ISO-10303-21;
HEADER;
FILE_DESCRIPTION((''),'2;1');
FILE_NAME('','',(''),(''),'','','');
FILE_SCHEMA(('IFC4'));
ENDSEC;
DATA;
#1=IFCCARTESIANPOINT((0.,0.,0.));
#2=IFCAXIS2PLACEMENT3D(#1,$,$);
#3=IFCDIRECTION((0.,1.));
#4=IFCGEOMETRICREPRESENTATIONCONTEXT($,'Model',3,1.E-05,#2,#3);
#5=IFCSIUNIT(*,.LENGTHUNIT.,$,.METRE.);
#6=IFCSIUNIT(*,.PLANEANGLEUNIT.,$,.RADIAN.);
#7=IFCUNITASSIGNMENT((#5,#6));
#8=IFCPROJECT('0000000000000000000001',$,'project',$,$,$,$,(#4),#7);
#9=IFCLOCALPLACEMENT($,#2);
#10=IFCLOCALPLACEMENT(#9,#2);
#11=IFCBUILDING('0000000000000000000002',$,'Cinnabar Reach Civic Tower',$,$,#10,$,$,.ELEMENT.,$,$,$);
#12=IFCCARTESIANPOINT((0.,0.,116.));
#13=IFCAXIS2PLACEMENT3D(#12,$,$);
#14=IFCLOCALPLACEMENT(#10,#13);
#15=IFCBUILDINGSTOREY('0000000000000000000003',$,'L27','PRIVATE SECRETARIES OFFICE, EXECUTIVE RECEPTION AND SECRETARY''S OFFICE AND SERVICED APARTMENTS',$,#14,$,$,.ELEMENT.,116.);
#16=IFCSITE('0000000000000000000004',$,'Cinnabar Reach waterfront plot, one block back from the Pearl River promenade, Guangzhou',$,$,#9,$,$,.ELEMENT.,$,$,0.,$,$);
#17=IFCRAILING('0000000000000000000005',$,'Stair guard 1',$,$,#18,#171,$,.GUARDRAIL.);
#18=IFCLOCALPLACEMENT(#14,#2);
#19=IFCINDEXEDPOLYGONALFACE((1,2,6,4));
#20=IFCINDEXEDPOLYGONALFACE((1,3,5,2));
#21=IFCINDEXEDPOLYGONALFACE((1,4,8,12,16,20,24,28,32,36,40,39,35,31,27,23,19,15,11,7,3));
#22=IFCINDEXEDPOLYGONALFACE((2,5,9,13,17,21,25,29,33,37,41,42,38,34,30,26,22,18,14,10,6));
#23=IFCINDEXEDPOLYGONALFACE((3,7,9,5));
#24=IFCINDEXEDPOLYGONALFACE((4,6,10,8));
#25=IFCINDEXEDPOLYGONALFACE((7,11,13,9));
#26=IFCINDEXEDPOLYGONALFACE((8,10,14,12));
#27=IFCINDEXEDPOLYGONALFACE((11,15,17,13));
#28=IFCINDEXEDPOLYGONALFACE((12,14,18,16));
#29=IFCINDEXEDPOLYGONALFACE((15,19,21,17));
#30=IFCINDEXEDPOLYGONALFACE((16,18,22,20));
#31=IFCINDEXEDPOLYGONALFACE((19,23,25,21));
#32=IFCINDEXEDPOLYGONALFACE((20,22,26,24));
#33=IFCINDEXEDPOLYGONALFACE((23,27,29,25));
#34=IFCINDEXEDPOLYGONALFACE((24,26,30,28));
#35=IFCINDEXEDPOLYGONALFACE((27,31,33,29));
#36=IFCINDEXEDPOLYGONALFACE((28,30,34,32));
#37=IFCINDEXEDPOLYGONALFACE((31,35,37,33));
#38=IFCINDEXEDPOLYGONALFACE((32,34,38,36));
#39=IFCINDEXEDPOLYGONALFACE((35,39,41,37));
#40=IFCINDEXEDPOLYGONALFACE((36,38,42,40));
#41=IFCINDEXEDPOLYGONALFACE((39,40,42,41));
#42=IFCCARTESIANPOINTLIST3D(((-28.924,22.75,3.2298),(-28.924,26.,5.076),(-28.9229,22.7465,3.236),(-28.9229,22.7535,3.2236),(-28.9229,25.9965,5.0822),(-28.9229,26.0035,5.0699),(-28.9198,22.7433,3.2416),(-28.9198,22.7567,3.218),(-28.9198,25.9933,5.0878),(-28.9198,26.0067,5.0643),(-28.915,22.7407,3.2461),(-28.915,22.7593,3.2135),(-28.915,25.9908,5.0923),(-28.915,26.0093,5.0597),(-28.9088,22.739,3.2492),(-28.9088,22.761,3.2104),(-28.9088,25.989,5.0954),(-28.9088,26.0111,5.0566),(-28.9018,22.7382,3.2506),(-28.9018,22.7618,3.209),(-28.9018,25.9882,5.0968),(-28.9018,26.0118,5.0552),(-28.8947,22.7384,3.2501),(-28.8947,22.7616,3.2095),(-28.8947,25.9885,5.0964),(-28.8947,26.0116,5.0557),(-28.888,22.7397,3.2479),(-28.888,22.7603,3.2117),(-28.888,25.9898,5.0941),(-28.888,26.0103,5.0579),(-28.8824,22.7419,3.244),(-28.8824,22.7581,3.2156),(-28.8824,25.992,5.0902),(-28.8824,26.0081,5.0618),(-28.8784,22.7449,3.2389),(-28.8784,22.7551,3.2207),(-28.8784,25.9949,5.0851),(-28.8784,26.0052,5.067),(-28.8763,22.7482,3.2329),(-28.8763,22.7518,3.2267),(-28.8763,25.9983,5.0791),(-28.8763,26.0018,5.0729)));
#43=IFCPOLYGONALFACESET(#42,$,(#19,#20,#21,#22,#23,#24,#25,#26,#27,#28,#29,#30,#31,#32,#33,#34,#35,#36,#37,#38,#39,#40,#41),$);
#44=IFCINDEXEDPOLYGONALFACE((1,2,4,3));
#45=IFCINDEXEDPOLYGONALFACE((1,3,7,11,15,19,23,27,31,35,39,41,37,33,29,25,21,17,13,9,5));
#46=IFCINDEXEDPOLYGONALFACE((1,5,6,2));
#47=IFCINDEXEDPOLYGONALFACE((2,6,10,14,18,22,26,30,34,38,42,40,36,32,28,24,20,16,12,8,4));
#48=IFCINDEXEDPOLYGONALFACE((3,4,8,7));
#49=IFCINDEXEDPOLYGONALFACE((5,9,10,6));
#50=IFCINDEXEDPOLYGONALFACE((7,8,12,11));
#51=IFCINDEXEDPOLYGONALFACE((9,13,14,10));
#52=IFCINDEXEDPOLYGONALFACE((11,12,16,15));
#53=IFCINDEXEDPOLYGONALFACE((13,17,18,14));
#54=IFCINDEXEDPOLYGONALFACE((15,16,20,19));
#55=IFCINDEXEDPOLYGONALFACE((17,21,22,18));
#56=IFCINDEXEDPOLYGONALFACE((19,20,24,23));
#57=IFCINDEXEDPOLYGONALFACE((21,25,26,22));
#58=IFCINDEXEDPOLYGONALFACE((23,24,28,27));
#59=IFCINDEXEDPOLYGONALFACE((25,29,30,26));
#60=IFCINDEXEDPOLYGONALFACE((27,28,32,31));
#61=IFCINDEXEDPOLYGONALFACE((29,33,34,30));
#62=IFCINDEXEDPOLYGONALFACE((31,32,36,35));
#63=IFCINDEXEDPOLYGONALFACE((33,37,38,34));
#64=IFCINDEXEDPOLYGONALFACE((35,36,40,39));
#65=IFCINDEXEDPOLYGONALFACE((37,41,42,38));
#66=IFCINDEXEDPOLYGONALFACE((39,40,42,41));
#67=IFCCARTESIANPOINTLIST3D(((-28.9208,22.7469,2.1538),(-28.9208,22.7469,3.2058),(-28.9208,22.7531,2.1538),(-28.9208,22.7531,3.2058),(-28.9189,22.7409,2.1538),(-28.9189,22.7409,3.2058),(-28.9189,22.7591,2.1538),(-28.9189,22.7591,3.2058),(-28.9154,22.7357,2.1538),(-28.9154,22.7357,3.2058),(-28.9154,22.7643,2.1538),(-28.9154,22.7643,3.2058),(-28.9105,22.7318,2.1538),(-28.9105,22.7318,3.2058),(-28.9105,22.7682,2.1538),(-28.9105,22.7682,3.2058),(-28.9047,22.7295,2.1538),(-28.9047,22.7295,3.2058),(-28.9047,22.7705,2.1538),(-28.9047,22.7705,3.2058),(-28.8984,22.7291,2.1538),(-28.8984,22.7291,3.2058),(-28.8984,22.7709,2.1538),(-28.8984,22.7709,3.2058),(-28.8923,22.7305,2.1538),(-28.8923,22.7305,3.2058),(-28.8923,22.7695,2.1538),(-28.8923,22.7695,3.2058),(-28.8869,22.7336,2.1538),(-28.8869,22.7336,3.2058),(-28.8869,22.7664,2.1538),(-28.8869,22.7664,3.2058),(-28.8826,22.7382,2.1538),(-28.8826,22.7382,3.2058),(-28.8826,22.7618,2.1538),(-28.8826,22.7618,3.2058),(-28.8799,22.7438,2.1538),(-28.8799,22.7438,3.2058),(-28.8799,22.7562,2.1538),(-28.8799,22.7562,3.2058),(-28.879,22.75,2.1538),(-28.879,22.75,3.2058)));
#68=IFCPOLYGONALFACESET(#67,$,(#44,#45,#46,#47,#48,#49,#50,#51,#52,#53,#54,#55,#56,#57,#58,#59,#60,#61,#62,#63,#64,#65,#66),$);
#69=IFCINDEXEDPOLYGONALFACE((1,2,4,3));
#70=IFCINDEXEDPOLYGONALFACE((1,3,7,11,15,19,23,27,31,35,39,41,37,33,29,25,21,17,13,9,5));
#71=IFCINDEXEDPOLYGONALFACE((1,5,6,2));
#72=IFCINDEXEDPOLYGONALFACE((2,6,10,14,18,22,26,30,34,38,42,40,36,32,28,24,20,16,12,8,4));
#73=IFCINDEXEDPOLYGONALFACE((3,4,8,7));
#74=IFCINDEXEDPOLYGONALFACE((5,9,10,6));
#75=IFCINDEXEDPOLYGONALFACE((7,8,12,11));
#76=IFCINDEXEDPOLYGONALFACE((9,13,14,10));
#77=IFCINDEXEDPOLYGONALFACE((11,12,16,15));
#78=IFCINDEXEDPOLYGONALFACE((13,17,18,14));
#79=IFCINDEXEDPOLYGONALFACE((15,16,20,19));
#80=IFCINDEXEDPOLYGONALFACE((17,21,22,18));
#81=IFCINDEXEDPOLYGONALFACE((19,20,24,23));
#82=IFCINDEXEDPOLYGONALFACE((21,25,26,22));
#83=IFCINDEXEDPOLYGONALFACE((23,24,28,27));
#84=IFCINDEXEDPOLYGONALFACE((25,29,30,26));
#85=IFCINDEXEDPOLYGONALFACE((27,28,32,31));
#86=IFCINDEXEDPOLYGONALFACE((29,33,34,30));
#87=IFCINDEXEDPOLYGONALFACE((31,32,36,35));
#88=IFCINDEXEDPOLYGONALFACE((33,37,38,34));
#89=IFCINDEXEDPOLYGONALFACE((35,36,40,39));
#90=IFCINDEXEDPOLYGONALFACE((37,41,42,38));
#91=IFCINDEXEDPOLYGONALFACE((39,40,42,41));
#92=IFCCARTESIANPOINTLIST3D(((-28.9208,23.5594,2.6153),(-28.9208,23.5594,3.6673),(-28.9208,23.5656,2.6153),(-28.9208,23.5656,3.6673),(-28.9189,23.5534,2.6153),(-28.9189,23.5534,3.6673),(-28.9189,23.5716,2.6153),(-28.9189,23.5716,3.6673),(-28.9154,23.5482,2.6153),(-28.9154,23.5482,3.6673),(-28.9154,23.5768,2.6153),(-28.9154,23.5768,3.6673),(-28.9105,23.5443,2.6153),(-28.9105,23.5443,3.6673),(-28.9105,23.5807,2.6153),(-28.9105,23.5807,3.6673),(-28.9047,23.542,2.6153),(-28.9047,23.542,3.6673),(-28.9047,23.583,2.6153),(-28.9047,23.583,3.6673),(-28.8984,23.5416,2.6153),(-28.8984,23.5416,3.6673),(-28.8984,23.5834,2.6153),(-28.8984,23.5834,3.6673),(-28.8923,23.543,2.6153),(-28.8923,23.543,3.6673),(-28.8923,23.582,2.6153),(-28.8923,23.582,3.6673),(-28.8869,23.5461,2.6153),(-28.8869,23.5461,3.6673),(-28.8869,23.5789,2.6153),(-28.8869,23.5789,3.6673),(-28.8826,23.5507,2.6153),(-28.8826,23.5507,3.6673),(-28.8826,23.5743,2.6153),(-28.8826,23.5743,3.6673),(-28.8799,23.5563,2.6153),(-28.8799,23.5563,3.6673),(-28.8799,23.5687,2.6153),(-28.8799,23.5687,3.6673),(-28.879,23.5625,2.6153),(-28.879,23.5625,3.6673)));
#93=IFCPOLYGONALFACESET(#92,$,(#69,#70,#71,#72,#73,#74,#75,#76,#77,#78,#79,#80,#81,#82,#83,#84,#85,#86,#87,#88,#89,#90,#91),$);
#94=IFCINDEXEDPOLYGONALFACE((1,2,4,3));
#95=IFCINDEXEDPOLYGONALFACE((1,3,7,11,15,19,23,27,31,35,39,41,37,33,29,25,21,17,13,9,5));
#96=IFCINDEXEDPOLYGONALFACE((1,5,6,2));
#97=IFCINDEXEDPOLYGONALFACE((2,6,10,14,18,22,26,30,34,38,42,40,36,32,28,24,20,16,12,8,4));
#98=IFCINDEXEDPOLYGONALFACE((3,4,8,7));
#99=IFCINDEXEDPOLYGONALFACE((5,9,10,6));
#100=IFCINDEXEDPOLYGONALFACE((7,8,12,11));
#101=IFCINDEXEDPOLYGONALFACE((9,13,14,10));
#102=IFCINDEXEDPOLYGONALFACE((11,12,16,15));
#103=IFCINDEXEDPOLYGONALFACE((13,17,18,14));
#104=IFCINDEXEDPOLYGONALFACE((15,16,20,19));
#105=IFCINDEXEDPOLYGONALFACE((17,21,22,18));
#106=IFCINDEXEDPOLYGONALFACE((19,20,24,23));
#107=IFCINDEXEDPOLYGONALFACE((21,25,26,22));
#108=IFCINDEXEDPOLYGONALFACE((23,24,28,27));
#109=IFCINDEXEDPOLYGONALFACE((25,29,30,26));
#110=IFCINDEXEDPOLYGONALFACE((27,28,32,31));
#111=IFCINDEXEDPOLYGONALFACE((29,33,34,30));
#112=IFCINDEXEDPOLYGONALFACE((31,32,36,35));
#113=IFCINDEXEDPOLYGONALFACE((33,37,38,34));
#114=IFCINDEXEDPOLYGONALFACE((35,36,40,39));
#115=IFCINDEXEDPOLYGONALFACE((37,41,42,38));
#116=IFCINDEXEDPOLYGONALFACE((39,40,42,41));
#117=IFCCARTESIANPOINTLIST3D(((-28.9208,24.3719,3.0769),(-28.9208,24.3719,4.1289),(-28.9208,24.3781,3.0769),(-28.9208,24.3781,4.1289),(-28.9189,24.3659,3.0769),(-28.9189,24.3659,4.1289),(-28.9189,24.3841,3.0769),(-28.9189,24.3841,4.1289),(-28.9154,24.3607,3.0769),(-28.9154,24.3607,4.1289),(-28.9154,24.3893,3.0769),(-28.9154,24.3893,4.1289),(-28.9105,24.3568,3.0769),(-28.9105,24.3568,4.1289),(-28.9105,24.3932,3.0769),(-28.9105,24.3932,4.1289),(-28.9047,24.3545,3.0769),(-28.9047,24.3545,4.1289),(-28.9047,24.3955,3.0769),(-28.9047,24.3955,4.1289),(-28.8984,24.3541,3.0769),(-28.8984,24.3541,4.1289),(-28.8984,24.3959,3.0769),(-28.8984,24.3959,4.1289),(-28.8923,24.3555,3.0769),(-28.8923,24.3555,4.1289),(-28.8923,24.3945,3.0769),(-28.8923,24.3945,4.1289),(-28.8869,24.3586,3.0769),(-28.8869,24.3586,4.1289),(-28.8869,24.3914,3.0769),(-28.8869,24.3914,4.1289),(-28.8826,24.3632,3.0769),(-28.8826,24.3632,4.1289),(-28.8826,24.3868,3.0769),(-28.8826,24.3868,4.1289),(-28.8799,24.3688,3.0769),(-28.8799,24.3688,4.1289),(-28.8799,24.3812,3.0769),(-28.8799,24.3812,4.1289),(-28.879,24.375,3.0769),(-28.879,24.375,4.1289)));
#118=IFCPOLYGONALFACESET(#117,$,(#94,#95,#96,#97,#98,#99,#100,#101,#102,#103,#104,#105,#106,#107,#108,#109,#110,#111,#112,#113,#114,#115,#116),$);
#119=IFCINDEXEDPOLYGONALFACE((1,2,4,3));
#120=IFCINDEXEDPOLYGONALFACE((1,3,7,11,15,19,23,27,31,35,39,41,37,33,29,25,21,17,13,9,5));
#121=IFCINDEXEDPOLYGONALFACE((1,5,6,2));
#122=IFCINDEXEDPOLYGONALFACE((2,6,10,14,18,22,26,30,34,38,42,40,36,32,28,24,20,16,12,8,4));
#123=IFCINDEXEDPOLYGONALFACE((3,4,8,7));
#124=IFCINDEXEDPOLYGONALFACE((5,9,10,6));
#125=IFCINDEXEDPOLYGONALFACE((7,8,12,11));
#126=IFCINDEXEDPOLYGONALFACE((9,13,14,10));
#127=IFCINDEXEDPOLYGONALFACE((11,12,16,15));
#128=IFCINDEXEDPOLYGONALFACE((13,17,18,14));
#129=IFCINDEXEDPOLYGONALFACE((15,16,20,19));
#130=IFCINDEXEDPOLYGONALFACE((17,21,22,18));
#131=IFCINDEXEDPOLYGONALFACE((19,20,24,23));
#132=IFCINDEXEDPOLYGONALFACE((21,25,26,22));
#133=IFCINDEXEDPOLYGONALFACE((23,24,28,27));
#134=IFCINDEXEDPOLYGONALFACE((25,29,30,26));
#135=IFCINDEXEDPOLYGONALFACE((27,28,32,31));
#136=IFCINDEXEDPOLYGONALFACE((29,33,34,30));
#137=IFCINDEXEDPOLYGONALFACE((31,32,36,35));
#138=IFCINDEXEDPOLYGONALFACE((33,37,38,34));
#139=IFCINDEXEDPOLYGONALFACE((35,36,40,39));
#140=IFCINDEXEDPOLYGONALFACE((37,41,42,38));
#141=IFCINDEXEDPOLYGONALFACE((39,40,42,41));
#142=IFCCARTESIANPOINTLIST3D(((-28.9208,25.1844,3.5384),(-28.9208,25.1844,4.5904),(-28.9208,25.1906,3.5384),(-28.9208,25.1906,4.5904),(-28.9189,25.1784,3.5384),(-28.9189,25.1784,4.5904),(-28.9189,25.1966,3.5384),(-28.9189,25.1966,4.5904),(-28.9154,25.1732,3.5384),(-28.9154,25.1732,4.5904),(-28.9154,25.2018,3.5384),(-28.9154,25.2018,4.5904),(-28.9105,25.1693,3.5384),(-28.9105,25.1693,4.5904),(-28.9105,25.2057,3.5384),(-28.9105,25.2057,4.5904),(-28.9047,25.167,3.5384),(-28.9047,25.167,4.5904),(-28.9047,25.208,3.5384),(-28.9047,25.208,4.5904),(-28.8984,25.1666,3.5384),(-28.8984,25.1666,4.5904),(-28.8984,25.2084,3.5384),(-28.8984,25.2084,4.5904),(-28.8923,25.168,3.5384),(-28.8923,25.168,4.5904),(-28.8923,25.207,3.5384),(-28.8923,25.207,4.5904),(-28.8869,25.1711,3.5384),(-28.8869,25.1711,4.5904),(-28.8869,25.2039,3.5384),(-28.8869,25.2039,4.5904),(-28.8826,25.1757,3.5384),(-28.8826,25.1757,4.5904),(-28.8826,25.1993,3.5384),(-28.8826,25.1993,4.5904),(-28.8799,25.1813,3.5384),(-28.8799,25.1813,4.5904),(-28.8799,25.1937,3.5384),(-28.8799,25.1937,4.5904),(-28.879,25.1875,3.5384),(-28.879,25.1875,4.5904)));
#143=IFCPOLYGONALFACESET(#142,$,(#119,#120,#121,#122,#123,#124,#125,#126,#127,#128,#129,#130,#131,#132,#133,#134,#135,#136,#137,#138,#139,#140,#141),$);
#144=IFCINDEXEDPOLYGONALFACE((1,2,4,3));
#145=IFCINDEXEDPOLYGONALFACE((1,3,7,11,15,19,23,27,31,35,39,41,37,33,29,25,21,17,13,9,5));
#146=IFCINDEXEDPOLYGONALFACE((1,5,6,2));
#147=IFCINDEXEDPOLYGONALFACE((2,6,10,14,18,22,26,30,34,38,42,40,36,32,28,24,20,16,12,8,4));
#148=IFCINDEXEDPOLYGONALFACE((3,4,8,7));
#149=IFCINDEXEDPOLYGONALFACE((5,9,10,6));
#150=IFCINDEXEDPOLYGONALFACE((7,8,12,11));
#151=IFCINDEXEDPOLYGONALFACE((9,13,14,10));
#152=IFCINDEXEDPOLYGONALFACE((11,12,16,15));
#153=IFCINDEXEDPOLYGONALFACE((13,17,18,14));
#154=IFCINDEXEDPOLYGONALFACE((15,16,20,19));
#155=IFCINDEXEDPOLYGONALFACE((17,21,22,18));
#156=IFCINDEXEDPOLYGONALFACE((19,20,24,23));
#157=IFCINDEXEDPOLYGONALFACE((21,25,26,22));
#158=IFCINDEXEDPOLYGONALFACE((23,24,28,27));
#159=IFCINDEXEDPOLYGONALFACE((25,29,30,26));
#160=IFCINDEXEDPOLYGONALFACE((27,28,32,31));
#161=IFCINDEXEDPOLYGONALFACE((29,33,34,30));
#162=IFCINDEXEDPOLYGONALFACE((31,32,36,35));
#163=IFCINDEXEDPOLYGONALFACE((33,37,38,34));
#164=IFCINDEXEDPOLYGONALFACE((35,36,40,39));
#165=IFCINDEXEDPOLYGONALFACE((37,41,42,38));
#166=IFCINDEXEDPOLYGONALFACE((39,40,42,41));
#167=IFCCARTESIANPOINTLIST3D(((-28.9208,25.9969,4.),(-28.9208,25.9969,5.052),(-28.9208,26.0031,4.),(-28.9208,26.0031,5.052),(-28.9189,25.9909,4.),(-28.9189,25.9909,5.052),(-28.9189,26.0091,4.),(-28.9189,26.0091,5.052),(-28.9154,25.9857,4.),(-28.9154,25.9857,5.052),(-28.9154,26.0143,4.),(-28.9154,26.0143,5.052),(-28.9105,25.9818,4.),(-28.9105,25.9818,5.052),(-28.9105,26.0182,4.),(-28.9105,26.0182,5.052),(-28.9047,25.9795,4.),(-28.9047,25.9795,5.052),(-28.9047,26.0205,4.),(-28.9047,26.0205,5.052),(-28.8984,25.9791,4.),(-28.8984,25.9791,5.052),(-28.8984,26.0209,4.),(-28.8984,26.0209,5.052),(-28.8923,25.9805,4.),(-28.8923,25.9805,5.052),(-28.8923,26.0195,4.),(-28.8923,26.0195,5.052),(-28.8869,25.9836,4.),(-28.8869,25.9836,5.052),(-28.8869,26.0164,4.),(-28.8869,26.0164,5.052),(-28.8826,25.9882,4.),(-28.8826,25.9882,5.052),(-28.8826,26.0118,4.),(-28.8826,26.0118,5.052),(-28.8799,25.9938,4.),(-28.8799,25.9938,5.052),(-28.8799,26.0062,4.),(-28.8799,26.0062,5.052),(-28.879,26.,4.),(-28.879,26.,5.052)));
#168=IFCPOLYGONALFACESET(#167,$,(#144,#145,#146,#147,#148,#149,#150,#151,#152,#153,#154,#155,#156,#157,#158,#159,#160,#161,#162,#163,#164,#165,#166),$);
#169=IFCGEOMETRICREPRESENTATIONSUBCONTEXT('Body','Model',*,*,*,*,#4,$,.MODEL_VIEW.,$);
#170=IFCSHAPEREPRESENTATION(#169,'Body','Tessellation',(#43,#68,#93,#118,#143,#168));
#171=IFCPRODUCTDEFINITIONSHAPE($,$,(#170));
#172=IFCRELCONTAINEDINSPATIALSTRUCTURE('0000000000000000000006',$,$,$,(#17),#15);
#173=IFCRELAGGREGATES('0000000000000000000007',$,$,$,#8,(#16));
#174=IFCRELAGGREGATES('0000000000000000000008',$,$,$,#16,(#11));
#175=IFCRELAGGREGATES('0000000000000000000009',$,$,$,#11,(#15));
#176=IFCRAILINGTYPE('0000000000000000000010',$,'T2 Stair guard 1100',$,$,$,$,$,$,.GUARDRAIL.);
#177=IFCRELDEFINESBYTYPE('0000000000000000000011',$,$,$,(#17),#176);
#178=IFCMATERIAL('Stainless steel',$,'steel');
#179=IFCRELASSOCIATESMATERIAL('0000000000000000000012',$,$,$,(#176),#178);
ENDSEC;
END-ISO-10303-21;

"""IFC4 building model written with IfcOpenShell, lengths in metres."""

from ifc_helpers import new_model, si_unit, direction, frame, origin, origin_2d, place, context, subcontext, project, spatial, circle, extrude, material, type_object, element, save


model = new_model("IFC4")

# Units and contexts
model_context = context("Model", 3, precision=1e-05, world=origin(), true_north=direction((0.0, 1.0)))
body_context = subcontext(model_context, "Body", "Model", "MODEL_VIEW")
ifc_project = project(units=[si_unit("LENGTHUNIT", "METRE"), si_unit("PLANEANGLEUNIT", "RADIAN")], contexts=[model_context])

# Site, building, storey
site_placement = place(None, origin())
site = spatial("IfcSite", under=ifc_project, at=site_placement, Name="Cinnabar Reach waterfront plot, one block back from the Pearl River promenade, Guangzhou", CompositionType="ELEMENT", RefElevation=0.0)
building_placement = place(site_placement, origin())
building = spatial("IfcBuilding", under=site, at=building_placement, Name="Cinnabar Reach Civic Tower", CompositionType="ELEMENT")
storey_placement = place(building_placement, frame((0.0, 0.0, 116.0)))
storey = spatial("IfcBuildingStorey", under=building, at=storey_placement, Name="L27", Description="PRIVATE SECRETARIES OFFICE, EXECUTIVE RECEPTION AND SECRETARY'S OFFICE AND SERVICED APARTMENTS", CompositionType="ELEMENT", Elevation=116.0)

# Railing
ifc_material_1 = material(Name="Stainless steel", Category="steel")
railing_type = type_object("IfcRailingType", Name="T2 Stair guard 1100", PredefinedType="GUARDRAIL", material=ifc_material_1)
railing_1_placement = place(storey_placement, frame((-28.9, 22.75, 2.1538)))
element("IfcRailing", 1, at=railing_1_placement, inside=storey, type_object=railing_type, Name="Stair guard 1", PredefinedType="GUARDRAIL", context=body_context, shape_type="SweptSolid", body=[
    extrude(circle(Radius=0.024, at=origin_2d()), frame((0.0, 0.0, 1.076), z_axis=(0.0, 0.869501, 0.49393), x_axis=(-1.0, 0.0, 0.0)), (0.0, 0.0, 1.0), 3.7378),
    extrude(circle(Radius=0.021, at=origin_2d()), origin(), (0.0, 0.0, 1.0), 1.052),
    extrude(circle(Radius=0.021, at=origin_2d()), frame((0.0, 0.8125, 0.4615)), (0.0, 0.0, 1.0), 1.052),
    extrude(circle(Radius=0.021, at=origin_2d()), frame((0.0, 1.625, 0.9231)), (0.0, 0.0, 1.0), 1.052),
    extrude(circle(Radius=0.021, at=origin_2d()), frame((0.0, 2.4375, 1.3846)), (0.0, 0.0, 1.0), 1.052),
    extrude(circle(Radius=0.021, at=origin_2d()), frame((0.0, 3.25, 1.8462)), (0.0, 0.0, 1.0), 1.052),
])

save(model, "model.ifc")
